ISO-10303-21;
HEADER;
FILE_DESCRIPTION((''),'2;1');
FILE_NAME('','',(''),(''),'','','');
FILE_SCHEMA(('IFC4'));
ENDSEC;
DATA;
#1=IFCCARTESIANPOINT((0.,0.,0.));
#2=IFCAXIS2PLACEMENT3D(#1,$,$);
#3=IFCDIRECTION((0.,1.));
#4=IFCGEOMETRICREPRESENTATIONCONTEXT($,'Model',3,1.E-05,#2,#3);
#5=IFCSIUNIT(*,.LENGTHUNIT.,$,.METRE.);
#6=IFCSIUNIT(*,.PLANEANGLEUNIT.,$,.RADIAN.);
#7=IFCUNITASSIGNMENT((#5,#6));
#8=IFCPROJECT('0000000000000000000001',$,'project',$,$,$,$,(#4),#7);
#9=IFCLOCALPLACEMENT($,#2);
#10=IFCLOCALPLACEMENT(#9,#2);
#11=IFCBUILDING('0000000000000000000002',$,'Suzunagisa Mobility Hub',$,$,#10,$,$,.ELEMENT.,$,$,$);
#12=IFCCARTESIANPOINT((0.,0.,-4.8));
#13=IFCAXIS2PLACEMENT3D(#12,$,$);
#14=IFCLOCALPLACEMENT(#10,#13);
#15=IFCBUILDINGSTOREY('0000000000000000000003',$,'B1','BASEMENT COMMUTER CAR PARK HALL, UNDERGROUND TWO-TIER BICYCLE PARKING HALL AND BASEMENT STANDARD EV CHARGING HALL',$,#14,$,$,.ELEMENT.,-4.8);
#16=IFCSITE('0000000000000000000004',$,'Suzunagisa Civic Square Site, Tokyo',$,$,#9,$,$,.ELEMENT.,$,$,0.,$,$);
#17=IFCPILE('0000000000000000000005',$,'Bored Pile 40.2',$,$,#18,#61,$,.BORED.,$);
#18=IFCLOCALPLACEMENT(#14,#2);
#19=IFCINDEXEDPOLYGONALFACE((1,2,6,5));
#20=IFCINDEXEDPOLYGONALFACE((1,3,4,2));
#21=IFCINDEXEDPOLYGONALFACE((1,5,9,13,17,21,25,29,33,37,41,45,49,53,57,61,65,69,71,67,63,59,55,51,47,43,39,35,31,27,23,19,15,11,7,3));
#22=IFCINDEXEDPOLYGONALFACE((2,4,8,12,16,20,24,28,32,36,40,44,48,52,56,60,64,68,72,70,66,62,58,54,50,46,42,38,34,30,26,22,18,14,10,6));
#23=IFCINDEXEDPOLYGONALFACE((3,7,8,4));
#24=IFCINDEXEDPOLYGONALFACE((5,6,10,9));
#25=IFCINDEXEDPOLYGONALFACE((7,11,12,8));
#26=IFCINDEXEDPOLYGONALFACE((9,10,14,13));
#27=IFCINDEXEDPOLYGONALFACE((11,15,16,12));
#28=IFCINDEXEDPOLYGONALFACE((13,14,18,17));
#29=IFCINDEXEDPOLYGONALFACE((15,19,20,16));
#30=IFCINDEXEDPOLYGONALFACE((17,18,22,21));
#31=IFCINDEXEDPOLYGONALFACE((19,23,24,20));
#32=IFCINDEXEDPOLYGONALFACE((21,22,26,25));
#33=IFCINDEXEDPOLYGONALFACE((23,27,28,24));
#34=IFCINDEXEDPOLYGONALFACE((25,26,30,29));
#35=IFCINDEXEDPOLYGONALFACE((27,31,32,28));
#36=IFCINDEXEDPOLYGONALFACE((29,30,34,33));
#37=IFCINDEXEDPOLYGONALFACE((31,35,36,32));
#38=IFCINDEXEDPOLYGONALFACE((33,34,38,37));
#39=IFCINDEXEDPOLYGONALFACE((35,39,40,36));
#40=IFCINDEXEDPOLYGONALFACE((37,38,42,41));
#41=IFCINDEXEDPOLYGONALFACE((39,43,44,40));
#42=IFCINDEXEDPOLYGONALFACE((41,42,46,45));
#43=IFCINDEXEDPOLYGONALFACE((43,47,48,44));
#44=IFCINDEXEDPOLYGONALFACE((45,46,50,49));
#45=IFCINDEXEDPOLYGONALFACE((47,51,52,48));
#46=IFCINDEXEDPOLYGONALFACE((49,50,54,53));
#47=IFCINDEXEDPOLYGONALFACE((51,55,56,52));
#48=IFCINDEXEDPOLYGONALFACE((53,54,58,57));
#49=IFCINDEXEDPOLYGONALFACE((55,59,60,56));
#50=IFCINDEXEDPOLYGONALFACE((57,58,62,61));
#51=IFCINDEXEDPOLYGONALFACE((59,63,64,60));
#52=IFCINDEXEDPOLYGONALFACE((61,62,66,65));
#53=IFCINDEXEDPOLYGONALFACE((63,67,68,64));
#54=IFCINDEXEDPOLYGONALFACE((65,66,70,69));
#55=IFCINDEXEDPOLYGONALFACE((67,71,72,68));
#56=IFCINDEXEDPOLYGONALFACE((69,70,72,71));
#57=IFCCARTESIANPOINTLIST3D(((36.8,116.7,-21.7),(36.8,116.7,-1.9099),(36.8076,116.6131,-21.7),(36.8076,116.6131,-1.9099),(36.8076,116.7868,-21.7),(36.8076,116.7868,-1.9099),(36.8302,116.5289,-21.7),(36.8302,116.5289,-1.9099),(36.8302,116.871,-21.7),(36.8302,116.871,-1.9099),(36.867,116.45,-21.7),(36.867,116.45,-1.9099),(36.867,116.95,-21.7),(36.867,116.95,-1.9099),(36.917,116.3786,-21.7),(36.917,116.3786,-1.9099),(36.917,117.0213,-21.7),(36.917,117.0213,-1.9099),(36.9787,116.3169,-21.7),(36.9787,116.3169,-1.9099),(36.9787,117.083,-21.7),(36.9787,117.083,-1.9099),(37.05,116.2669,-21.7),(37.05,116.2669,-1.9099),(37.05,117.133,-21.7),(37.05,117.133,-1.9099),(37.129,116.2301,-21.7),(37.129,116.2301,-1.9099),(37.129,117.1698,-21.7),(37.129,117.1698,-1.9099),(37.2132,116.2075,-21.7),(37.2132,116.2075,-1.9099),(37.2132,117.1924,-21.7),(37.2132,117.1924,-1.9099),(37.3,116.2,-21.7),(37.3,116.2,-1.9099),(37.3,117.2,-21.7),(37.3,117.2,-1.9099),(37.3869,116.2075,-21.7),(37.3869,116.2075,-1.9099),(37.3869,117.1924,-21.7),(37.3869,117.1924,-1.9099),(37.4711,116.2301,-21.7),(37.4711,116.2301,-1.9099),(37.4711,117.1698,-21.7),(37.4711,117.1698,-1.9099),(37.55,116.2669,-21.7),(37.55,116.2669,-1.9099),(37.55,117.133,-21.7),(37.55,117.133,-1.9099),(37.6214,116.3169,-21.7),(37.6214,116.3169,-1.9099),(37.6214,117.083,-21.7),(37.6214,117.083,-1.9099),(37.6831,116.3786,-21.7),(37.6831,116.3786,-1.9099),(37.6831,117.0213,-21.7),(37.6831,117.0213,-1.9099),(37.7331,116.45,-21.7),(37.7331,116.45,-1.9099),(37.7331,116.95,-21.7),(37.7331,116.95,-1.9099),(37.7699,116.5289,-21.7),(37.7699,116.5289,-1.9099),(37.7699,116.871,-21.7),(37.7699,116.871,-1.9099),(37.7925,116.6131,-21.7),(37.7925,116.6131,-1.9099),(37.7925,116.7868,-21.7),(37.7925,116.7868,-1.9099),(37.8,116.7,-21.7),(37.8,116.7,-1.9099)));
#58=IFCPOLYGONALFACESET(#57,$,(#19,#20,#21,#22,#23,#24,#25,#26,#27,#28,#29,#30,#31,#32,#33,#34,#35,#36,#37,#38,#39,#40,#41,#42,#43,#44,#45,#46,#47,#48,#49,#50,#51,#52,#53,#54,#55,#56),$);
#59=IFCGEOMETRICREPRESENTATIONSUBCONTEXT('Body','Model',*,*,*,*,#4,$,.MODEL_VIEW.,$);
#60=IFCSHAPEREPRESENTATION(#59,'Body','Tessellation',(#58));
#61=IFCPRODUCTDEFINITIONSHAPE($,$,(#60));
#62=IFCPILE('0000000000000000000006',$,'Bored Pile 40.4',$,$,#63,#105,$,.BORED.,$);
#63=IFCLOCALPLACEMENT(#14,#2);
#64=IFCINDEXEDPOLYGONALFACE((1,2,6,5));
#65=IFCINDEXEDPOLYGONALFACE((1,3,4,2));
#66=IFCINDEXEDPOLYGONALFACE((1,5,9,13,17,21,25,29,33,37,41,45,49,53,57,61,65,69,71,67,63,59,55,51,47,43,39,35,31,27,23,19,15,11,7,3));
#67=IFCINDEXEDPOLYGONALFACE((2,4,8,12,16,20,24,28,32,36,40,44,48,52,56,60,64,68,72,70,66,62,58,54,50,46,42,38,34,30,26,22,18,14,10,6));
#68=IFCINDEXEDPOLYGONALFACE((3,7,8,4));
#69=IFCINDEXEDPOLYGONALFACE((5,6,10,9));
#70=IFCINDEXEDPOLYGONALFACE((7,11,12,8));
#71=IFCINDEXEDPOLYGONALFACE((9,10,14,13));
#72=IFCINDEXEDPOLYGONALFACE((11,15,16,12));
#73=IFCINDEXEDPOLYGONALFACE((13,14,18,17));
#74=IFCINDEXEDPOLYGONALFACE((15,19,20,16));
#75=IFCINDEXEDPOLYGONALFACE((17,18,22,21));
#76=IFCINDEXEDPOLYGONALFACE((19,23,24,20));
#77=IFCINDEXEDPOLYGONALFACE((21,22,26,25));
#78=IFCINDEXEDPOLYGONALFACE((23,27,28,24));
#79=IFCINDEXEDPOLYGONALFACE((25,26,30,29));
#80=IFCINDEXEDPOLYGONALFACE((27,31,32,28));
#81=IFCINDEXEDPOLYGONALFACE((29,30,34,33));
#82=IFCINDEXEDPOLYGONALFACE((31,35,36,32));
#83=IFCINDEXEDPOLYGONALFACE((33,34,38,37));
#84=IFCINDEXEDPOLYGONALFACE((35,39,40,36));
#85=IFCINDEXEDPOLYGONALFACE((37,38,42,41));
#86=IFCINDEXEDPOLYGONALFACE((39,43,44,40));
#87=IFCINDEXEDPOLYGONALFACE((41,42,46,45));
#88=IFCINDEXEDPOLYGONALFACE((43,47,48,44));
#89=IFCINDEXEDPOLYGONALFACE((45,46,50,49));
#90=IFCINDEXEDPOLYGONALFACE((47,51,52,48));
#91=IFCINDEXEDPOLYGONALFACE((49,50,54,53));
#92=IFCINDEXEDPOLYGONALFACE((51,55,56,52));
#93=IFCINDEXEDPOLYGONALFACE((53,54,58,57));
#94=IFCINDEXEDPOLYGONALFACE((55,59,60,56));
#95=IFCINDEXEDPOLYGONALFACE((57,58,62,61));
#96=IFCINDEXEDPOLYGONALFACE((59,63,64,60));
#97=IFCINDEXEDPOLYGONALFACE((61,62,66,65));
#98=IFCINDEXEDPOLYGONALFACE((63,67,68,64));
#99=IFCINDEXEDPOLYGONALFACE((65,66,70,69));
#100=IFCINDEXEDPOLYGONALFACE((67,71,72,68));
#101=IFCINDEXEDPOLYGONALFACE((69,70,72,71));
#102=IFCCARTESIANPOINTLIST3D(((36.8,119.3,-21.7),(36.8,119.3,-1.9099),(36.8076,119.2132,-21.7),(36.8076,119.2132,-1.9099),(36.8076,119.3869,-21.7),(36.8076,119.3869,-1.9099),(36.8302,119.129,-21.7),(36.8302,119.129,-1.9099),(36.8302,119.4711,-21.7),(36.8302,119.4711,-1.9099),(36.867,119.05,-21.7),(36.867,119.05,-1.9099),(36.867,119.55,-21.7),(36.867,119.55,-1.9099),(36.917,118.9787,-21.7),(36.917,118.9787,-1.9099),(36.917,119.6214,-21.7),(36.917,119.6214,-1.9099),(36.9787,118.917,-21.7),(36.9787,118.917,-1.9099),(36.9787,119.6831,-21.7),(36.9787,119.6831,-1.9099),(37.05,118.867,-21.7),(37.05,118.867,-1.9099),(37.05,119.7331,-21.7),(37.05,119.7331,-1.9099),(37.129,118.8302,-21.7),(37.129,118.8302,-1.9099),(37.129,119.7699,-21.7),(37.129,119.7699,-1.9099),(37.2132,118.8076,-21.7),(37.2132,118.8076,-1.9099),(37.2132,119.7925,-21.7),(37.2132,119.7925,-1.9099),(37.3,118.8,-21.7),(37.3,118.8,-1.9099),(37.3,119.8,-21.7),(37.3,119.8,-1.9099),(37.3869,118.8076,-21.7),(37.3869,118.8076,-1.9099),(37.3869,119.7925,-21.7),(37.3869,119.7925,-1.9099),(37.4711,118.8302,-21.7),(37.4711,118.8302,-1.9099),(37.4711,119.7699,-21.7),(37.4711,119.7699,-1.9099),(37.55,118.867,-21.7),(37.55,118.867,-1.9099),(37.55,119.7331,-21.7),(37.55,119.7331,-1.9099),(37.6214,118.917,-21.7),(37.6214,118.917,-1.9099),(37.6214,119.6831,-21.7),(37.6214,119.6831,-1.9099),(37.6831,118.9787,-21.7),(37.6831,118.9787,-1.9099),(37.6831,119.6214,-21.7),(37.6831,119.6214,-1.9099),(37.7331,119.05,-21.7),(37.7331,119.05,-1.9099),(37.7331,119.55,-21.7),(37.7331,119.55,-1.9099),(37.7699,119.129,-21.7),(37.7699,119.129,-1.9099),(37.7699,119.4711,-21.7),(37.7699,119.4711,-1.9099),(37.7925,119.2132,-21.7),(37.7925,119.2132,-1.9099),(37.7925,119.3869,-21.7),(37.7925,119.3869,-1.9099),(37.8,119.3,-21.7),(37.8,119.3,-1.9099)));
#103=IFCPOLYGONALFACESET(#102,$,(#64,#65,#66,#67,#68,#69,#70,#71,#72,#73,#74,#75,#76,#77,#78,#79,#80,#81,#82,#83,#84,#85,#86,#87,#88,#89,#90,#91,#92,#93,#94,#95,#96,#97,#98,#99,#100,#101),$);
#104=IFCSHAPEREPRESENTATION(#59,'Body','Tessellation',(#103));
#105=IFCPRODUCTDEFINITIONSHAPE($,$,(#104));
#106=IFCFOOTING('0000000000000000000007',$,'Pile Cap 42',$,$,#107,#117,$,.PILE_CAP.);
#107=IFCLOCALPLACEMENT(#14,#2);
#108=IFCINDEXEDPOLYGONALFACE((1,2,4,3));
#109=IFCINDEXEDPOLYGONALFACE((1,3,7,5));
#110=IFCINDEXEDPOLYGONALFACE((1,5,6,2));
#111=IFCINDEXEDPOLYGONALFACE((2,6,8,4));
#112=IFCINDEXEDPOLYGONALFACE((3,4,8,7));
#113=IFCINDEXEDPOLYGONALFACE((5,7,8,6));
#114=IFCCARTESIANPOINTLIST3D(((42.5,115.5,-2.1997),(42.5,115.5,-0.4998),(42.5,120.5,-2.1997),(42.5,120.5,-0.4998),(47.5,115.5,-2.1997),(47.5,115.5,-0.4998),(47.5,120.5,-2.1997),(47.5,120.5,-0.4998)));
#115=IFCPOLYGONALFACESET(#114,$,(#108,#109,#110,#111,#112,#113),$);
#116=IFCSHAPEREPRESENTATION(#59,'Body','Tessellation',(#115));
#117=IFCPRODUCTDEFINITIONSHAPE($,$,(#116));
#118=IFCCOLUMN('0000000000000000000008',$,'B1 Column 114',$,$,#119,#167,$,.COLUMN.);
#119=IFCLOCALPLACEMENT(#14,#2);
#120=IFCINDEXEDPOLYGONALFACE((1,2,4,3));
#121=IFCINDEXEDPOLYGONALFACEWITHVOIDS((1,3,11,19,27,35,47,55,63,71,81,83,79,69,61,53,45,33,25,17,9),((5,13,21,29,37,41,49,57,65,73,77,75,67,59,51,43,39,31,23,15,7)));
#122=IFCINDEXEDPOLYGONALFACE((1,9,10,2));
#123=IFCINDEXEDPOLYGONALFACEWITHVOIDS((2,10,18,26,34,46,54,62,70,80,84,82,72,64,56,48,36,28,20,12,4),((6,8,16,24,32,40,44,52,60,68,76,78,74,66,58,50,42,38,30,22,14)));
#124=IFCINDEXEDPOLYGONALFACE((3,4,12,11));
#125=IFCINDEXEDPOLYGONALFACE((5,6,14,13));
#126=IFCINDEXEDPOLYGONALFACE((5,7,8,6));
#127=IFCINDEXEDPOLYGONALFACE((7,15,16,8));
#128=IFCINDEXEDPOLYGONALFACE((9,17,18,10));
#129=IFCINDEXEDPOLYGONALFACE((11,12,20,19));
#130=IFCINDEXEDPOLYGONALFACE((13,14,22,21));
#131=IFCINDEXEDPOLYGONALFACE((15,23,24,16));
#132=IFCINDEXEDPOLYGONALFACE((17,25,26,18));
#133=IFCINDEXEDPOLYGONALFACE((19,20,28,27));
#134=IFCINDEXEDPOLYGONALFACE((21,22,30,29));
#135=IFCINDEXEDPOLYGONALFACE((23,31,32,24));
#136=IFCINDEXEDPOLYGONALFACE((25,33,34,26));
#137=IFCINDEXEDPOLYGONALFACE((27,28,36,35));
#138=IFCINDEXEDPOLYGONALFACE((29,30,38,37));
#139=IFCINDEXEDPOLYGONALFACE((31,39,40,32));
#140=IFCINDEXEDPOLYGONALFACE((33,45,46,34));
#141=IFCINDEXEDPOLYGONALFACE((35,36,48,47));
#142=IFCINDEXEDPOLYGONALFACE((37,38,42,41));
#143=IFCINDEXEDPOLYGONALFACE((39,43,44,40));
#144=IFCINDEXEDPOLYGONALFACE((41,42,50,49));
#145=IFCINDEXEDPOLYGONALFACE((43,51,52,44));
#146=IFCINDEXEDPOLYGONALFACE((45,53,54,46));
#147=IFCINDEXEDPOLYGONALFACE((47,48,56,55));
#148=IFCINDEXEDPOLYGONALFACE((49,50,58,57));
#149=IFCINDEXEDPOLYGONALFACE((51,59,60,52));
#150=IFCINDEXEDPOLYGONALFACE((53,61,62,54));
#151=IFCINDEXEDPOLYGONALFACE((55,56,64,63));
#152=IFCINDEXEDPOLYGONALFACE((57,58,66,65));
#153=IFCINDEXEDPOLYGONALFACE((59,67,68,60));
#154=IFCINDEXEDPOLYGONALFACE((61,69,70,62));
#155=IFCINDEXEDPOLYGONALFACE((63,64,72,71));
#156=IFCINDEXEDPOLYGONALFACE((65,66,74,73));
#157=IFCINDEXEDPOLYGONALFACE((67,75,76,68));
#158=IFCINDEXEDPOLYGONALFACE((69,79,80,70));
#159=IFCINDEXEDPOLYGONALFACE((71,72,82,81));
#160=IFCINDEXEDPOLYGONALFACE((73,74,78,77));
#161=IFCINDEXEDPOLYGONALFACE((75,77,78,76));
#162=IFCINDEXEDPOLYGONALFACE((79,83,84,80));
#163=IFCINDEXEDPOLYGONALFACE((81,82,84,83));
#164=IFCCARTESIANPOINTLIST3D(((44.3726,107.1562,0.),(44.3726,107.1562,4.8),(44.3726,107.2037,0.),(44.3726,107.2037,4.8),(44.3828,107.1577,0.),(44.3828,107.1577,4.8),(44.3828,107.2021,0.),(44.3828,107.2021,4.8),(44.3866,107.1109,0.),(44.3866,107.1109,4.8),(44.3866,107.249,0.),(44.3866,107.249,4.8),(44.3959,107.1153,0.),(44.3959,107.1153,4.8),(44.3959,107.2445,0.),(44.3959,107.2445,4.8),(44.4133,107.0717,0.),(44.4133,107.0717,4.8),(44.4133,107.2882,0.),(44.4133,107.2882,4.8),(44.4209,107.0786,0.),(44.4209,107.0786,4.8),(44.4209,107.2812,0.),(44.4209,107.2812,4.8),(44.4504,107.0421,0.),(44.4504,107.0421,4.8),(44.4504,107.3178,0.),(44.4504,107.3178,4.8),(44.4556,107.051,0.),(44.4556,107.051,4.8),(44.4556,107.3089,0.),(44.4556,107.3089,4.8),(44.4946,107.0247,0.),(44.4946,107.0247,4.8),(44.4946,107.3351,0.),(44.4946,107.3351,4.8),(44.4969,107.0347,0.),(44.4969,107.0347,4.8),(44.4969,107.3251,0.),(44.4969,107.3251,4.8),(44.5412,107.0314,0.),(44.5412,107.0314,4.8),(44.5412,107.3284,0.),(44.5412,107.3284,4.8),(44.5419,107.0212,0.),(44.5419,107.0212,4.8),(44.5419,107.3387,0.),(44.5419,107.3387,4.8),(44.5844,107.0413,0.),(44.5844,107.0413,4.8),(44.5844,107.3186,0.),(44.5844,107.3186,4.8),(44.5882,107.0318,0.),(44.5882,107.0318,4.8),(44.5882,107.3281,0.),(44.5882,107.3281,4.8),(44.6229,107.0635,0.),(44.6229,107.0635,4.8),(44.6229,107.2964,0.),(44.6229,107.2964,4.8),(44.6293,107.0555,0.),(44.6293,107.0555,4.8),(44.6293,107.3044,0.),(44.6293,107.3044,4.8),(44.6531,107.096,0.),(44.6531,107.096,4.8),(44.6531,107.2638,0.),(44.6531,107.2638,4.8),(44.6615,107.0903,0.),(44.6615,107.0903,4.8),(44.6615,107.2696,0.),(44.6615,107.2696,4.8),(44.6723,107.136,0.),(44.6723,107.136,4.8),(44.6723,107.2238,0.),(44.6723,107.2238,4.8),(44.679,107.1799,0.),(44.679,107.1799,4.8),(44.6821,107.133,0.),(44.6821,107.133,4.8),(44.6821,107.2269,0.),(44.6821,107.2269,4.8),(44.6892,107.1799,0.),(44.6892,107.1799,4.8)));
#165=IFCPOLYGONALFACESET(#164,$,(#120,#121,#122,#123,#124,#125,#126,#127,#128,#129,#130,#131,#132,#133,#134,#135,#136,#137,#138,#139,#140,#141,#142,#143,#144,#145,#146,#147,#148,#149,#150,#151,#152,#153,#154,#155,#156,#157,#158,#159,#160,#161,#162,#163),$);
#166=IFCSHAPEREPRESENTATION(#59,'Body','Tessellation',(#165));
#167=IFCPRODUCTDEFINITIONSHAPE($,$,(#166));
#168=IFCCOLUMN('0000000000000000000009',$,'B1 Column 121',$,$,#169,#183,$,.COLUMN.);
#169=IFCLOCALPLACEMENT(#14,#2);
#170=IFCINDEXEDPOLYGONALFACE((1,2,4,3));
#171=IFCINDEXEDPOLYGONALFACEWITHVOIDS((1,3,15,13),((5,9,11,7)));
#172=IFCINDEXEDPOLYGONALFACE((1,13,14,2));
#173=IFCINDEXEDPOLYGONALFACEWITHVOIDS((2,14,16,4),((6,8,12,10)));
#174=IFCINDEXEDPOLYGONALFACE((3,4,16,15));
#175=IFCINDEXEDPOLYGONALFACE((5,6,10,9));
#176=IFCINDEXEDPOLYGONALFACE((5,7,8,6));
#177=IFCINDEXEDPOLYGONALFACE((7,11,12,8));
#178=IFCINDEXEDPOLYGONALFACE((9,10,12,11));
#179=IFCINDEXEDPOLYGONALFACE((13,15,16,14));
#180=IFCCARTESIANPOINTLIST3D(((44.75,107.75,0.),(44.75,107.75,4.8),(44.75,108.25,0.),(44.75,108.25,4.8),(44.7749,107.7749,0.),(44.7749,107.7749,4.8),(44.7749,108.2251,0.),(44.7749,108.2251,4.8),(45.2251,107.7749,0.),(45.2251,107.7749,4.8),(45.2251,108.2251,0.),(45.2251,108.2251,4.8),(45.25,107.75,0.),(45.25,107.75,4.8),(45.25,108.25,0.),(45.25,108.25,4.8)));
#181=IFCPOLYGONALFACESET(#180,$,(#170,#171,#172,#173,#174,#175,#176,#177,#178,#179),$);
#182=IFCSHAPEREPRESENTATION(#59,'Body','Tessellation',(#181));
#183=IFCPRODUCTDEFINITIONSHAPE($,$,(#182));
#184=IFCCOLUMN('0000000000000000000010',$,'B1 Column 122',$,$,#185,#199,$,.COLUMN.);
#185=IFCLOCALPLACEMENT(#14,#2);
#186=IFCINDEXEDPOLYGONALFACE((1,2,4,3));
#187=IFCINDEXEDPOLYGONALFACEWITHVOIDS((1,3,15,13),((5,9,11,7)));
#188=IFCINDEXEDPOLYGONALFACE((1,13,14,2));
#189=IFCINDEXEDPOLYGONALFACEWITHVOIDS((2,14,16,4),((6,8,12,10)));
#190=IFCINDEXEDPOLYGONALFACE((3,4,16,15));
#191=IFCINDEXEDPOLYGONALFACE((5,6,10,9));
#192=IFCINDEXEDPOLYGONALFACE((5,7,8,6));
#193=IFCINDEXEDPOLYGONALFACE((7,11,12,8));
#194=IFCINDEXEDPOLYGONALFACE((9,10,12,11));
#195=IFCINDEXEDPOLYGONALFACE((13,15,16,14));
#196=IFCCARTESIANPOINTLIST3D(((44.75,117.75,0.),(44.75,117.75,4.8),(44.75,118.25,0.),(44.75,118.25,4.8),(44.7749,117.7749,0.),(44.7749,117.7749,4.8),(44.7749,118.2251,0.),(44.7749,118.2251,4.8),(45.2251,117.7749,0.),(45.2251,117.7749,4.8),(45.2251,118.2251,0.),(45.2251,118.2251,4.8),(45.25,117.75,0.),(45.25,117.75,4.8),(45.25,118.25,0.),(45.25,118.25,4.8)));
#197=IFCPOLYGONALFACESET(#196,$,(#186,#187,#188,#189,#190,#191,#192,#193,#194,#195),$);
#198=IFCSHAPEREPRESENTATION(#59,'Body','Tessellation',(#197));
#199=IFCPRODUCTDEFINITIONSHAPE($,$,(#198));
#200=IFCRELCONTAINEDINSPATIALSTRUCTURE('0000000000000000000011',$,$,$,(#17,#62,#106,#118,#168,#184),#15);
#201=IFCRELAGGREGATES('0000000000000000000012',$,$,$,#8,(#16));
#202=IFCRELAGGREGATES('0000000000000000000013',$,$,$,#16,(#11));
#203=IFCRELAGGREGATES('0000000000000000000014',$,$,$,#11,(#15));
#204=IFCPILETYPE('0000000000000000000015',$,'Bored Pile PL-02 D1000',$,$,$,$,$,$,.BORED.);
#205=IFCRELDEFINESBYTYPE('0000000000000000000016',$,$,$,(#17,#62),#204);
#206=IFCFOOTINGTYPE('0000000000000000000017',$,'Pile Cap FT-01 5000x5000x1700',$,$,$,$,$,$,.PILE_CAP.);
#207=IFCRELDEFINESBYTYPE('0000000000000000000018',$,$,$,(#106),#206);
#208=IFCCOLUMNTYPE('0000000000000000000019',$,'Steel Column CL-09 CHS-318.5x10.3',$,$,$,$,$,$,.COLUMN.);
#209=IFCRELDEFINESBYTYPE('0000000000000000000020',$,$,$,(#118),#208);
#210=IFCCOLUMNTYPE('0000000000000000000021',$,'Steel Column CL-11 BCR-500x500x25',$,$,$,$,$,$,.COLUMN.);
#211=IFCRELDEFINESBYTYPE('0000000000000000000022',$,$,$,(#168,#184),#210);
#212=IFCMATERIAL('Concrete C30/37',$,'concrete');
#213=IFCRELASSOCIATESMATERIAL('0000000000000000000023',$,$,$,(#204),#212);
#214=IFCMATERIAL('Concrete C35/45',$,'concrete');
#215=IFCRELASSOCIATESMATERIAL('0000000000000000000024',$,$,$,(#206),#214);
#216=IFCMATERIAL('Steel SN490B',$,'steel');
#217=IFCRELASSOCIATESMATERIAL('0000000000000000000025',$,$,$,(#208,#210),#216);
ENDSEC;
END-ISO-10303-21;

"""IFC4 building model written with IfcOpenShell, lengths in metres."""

from ifc_helpers import new_model, si_unit, direction, frame, origin, origin_2d, place, context, subcontext, project, spatial, rectangle, hollow_rectangle, circle, hollow_circle, extrude, material, material_profile, profile_set, type_object, element, save


model = new_model("IFC4")

# Units and contexts
model_context = context("Model", 3, precision=1e-05, world=origin(), true_north=direction((0.0, 1.0)))
body_context = subcontext(model_context, "Body", "Model", "MODEL_VIEW")
ifc_project = project(units=[si_unit("LENGTHUNIT", "METRE"), si_unit("PLANEANGLEUNIT", "RADIAN")], contexts=[model_context])

# Site, building, storey
site_placement = place(None, origin())
site = spatial("IfcSite", under=ifc_project, at=site_placement, Name="Suzunagisa Civic Square Site, Tokyo", CompositionType="ELEMENT", RefElevation=0.0)
building_placement = place(site_placement, origin())
building = spatial("IfcBuilding", under=site, at=building_placement, Name="Suzunagisa Mobility Hub", CompositionType="ELEMENT")
storey_placement = place(building_placement, frame((0.0, 0.0, -4.8)))
storey = spatial("IfcBuildingStorey", under=building, at=storey_placement, Name="B1", Description="BASEMENT COMMUTER CAR PARK HALL, UNDERGROUND TWO-TIER BICYCLE PARKING HALL AND BASEMENT STANDARD EV CHARGING HALL", CompositionType="ELEMENT", Elevation=-4.8)

# Piles
ifc_material_1 = material(Name="Concrete C30/37", Category="concrete")
ifc_material_profile_1 = material_profile(ifc_material_1, circle(Radius=0.5, at=origin_2d()), Name="BORED PILE D1000")
ifc_profile_set_1 = profile_set([ifc_material_profile_1], Name="Concrete C30/37")
pile_type_1 = type_object("IfcPileType", Name="Bored Pile PL-02 D1000", PredefinedType="BORED", material=ifc_profile_set_1)
for number, where, z_axis, x_axis, name in (
    (1, (37.3, 116.7, -1.9099), (0.0, 0.0, -1.0), (1.0, 0.0, 0.0), "Bored Pile 40.2"),
    (2, (37.3, 119.3, -1.9099), (0.0, 0.0, -1.0), (1.0, 0.0, 0.0), "Bored Pile 40.4"),
):
    element("IfcPile", number, at=place(storey_placement, frame(where, z_axis=z_axis, x_axis=x_axis)), inside=storey, type_object=pile_type_1, Name=name, PredefinedType="BORED", context=body_context, shape_type="SweptSolid", body=[
        extrude(circle(Radius=0.5, at=origin_2d()), origin(), (0.0, 0.0, 1.0), 19.79),
    ])

# Footing
ifc_material_2 = material(Name="Concrete C35/45", Category="concrete")
footing_type = type_object("IfcFootingType", Name="Pile Cap FT-01 5000x5000x1700", PredefinedType="PILE_CAP", material=ifc_material_2)
footing_placement = place(storey_placement, frame((45.0, 118.0, -2.1997), z_axis=(0.0, 0.0, 1.0), x_axis=(1.0, 0.0, 0.0)))
element("IfcFooting", 3, at=footing_placement, inside=storey, type_object=footing_type, Name="Pile Cap 42", PredefinedType="PILE_CAP", context=body_context, shape_type="SweptSolid", body=[
    extrude(rectangle(XDim=5.0, YDim=5.0, at=origin_2d()), origin(), (0.0, 0.0, 1.0), 1.7),
])

# Columns
ifc_material_3 = material(Name="Steel SN490B", Category="steel")
ifc_material_profile_2 = material_profile(ifc_material_3, hollow_circle(Radius=0.1592, WallThickness=0.0103, at=origin_2d()), Name="CHS-318.5x10.3")
ifc_profile_set_2 = profile_set([ifc_material_profile_2], Name="Steel SN490B")
column_type_1 = type_object("IfcColumnType", Name="Steel Column CL-09 CHS-318.5x10.3", PredefinedType="COLUMN", material=ifc_profile_set_2)
column_1_placement = place(storey_placement, frame((44.53, 107.1799, 0.0), z_axis=(0.0, 0.0, 1.0), x_axis=(1.0, 0.0, 0.0)))
element("IfcColumn", 4, at=column_1_placement, inside=storey, type_object=column_type_1, Name="B1 Column 114", PredefinedType="COLUMN", context=body_context, shape_type="SweptSolid", body=[
    extrude(hollow_circle(Radius=0.1592, WallThickness=0.0103, at=origin_2d()), origin(), (0.0, 0.0, 1.0), 4.8),
])
ifc_material_profile_3 = material_profile(ifc_material_3, hollow_rectangle(XDim=0.5, YDim=0.5, WallThickness=0.0249, at=origin_2d()), Name="BCR-500x500x25")
ifc_profile_set_3 = profile_set([ifc_material_profile_3], Name="Steel SN490B")
column_type_2 = type_object("IfcColumnType", Name="Steel Column CL-11 BCR-500x500x25", PredefinedType="COLUMN", material=ifc_profile_set_3)
for number, where, z_axis, x_axis, name in (
    (5, (45.0, 108.0, 0.0), (0.0, 0.0, 1.0), (1.0, 0.0, 0.0), "B1 Column 121"),
    (6, (45.0, 118.0, 0.0), (0.0, 0.0, 1.0), (1.0, 0.0, 0.0), "B1 Column 122"),
):
    element("IfcColumn", number, at=place(storey_placement, frame(where, z_axis=z_axis, x_axis=x_axis)), inside=storey, type_object=column_type_2, Name=name, PredefinedType="COLUMN", context=body_context, shape_type="SweptSolid", body=[
        extrude(hollow_rectangle(XDim=0.5, YDim=0.5, WallThickness=0.0249, at=origin_2d()), origin(), (0.0, 0.0, 1.0), 4.8),
    ])

save(model, "model.ifc")
